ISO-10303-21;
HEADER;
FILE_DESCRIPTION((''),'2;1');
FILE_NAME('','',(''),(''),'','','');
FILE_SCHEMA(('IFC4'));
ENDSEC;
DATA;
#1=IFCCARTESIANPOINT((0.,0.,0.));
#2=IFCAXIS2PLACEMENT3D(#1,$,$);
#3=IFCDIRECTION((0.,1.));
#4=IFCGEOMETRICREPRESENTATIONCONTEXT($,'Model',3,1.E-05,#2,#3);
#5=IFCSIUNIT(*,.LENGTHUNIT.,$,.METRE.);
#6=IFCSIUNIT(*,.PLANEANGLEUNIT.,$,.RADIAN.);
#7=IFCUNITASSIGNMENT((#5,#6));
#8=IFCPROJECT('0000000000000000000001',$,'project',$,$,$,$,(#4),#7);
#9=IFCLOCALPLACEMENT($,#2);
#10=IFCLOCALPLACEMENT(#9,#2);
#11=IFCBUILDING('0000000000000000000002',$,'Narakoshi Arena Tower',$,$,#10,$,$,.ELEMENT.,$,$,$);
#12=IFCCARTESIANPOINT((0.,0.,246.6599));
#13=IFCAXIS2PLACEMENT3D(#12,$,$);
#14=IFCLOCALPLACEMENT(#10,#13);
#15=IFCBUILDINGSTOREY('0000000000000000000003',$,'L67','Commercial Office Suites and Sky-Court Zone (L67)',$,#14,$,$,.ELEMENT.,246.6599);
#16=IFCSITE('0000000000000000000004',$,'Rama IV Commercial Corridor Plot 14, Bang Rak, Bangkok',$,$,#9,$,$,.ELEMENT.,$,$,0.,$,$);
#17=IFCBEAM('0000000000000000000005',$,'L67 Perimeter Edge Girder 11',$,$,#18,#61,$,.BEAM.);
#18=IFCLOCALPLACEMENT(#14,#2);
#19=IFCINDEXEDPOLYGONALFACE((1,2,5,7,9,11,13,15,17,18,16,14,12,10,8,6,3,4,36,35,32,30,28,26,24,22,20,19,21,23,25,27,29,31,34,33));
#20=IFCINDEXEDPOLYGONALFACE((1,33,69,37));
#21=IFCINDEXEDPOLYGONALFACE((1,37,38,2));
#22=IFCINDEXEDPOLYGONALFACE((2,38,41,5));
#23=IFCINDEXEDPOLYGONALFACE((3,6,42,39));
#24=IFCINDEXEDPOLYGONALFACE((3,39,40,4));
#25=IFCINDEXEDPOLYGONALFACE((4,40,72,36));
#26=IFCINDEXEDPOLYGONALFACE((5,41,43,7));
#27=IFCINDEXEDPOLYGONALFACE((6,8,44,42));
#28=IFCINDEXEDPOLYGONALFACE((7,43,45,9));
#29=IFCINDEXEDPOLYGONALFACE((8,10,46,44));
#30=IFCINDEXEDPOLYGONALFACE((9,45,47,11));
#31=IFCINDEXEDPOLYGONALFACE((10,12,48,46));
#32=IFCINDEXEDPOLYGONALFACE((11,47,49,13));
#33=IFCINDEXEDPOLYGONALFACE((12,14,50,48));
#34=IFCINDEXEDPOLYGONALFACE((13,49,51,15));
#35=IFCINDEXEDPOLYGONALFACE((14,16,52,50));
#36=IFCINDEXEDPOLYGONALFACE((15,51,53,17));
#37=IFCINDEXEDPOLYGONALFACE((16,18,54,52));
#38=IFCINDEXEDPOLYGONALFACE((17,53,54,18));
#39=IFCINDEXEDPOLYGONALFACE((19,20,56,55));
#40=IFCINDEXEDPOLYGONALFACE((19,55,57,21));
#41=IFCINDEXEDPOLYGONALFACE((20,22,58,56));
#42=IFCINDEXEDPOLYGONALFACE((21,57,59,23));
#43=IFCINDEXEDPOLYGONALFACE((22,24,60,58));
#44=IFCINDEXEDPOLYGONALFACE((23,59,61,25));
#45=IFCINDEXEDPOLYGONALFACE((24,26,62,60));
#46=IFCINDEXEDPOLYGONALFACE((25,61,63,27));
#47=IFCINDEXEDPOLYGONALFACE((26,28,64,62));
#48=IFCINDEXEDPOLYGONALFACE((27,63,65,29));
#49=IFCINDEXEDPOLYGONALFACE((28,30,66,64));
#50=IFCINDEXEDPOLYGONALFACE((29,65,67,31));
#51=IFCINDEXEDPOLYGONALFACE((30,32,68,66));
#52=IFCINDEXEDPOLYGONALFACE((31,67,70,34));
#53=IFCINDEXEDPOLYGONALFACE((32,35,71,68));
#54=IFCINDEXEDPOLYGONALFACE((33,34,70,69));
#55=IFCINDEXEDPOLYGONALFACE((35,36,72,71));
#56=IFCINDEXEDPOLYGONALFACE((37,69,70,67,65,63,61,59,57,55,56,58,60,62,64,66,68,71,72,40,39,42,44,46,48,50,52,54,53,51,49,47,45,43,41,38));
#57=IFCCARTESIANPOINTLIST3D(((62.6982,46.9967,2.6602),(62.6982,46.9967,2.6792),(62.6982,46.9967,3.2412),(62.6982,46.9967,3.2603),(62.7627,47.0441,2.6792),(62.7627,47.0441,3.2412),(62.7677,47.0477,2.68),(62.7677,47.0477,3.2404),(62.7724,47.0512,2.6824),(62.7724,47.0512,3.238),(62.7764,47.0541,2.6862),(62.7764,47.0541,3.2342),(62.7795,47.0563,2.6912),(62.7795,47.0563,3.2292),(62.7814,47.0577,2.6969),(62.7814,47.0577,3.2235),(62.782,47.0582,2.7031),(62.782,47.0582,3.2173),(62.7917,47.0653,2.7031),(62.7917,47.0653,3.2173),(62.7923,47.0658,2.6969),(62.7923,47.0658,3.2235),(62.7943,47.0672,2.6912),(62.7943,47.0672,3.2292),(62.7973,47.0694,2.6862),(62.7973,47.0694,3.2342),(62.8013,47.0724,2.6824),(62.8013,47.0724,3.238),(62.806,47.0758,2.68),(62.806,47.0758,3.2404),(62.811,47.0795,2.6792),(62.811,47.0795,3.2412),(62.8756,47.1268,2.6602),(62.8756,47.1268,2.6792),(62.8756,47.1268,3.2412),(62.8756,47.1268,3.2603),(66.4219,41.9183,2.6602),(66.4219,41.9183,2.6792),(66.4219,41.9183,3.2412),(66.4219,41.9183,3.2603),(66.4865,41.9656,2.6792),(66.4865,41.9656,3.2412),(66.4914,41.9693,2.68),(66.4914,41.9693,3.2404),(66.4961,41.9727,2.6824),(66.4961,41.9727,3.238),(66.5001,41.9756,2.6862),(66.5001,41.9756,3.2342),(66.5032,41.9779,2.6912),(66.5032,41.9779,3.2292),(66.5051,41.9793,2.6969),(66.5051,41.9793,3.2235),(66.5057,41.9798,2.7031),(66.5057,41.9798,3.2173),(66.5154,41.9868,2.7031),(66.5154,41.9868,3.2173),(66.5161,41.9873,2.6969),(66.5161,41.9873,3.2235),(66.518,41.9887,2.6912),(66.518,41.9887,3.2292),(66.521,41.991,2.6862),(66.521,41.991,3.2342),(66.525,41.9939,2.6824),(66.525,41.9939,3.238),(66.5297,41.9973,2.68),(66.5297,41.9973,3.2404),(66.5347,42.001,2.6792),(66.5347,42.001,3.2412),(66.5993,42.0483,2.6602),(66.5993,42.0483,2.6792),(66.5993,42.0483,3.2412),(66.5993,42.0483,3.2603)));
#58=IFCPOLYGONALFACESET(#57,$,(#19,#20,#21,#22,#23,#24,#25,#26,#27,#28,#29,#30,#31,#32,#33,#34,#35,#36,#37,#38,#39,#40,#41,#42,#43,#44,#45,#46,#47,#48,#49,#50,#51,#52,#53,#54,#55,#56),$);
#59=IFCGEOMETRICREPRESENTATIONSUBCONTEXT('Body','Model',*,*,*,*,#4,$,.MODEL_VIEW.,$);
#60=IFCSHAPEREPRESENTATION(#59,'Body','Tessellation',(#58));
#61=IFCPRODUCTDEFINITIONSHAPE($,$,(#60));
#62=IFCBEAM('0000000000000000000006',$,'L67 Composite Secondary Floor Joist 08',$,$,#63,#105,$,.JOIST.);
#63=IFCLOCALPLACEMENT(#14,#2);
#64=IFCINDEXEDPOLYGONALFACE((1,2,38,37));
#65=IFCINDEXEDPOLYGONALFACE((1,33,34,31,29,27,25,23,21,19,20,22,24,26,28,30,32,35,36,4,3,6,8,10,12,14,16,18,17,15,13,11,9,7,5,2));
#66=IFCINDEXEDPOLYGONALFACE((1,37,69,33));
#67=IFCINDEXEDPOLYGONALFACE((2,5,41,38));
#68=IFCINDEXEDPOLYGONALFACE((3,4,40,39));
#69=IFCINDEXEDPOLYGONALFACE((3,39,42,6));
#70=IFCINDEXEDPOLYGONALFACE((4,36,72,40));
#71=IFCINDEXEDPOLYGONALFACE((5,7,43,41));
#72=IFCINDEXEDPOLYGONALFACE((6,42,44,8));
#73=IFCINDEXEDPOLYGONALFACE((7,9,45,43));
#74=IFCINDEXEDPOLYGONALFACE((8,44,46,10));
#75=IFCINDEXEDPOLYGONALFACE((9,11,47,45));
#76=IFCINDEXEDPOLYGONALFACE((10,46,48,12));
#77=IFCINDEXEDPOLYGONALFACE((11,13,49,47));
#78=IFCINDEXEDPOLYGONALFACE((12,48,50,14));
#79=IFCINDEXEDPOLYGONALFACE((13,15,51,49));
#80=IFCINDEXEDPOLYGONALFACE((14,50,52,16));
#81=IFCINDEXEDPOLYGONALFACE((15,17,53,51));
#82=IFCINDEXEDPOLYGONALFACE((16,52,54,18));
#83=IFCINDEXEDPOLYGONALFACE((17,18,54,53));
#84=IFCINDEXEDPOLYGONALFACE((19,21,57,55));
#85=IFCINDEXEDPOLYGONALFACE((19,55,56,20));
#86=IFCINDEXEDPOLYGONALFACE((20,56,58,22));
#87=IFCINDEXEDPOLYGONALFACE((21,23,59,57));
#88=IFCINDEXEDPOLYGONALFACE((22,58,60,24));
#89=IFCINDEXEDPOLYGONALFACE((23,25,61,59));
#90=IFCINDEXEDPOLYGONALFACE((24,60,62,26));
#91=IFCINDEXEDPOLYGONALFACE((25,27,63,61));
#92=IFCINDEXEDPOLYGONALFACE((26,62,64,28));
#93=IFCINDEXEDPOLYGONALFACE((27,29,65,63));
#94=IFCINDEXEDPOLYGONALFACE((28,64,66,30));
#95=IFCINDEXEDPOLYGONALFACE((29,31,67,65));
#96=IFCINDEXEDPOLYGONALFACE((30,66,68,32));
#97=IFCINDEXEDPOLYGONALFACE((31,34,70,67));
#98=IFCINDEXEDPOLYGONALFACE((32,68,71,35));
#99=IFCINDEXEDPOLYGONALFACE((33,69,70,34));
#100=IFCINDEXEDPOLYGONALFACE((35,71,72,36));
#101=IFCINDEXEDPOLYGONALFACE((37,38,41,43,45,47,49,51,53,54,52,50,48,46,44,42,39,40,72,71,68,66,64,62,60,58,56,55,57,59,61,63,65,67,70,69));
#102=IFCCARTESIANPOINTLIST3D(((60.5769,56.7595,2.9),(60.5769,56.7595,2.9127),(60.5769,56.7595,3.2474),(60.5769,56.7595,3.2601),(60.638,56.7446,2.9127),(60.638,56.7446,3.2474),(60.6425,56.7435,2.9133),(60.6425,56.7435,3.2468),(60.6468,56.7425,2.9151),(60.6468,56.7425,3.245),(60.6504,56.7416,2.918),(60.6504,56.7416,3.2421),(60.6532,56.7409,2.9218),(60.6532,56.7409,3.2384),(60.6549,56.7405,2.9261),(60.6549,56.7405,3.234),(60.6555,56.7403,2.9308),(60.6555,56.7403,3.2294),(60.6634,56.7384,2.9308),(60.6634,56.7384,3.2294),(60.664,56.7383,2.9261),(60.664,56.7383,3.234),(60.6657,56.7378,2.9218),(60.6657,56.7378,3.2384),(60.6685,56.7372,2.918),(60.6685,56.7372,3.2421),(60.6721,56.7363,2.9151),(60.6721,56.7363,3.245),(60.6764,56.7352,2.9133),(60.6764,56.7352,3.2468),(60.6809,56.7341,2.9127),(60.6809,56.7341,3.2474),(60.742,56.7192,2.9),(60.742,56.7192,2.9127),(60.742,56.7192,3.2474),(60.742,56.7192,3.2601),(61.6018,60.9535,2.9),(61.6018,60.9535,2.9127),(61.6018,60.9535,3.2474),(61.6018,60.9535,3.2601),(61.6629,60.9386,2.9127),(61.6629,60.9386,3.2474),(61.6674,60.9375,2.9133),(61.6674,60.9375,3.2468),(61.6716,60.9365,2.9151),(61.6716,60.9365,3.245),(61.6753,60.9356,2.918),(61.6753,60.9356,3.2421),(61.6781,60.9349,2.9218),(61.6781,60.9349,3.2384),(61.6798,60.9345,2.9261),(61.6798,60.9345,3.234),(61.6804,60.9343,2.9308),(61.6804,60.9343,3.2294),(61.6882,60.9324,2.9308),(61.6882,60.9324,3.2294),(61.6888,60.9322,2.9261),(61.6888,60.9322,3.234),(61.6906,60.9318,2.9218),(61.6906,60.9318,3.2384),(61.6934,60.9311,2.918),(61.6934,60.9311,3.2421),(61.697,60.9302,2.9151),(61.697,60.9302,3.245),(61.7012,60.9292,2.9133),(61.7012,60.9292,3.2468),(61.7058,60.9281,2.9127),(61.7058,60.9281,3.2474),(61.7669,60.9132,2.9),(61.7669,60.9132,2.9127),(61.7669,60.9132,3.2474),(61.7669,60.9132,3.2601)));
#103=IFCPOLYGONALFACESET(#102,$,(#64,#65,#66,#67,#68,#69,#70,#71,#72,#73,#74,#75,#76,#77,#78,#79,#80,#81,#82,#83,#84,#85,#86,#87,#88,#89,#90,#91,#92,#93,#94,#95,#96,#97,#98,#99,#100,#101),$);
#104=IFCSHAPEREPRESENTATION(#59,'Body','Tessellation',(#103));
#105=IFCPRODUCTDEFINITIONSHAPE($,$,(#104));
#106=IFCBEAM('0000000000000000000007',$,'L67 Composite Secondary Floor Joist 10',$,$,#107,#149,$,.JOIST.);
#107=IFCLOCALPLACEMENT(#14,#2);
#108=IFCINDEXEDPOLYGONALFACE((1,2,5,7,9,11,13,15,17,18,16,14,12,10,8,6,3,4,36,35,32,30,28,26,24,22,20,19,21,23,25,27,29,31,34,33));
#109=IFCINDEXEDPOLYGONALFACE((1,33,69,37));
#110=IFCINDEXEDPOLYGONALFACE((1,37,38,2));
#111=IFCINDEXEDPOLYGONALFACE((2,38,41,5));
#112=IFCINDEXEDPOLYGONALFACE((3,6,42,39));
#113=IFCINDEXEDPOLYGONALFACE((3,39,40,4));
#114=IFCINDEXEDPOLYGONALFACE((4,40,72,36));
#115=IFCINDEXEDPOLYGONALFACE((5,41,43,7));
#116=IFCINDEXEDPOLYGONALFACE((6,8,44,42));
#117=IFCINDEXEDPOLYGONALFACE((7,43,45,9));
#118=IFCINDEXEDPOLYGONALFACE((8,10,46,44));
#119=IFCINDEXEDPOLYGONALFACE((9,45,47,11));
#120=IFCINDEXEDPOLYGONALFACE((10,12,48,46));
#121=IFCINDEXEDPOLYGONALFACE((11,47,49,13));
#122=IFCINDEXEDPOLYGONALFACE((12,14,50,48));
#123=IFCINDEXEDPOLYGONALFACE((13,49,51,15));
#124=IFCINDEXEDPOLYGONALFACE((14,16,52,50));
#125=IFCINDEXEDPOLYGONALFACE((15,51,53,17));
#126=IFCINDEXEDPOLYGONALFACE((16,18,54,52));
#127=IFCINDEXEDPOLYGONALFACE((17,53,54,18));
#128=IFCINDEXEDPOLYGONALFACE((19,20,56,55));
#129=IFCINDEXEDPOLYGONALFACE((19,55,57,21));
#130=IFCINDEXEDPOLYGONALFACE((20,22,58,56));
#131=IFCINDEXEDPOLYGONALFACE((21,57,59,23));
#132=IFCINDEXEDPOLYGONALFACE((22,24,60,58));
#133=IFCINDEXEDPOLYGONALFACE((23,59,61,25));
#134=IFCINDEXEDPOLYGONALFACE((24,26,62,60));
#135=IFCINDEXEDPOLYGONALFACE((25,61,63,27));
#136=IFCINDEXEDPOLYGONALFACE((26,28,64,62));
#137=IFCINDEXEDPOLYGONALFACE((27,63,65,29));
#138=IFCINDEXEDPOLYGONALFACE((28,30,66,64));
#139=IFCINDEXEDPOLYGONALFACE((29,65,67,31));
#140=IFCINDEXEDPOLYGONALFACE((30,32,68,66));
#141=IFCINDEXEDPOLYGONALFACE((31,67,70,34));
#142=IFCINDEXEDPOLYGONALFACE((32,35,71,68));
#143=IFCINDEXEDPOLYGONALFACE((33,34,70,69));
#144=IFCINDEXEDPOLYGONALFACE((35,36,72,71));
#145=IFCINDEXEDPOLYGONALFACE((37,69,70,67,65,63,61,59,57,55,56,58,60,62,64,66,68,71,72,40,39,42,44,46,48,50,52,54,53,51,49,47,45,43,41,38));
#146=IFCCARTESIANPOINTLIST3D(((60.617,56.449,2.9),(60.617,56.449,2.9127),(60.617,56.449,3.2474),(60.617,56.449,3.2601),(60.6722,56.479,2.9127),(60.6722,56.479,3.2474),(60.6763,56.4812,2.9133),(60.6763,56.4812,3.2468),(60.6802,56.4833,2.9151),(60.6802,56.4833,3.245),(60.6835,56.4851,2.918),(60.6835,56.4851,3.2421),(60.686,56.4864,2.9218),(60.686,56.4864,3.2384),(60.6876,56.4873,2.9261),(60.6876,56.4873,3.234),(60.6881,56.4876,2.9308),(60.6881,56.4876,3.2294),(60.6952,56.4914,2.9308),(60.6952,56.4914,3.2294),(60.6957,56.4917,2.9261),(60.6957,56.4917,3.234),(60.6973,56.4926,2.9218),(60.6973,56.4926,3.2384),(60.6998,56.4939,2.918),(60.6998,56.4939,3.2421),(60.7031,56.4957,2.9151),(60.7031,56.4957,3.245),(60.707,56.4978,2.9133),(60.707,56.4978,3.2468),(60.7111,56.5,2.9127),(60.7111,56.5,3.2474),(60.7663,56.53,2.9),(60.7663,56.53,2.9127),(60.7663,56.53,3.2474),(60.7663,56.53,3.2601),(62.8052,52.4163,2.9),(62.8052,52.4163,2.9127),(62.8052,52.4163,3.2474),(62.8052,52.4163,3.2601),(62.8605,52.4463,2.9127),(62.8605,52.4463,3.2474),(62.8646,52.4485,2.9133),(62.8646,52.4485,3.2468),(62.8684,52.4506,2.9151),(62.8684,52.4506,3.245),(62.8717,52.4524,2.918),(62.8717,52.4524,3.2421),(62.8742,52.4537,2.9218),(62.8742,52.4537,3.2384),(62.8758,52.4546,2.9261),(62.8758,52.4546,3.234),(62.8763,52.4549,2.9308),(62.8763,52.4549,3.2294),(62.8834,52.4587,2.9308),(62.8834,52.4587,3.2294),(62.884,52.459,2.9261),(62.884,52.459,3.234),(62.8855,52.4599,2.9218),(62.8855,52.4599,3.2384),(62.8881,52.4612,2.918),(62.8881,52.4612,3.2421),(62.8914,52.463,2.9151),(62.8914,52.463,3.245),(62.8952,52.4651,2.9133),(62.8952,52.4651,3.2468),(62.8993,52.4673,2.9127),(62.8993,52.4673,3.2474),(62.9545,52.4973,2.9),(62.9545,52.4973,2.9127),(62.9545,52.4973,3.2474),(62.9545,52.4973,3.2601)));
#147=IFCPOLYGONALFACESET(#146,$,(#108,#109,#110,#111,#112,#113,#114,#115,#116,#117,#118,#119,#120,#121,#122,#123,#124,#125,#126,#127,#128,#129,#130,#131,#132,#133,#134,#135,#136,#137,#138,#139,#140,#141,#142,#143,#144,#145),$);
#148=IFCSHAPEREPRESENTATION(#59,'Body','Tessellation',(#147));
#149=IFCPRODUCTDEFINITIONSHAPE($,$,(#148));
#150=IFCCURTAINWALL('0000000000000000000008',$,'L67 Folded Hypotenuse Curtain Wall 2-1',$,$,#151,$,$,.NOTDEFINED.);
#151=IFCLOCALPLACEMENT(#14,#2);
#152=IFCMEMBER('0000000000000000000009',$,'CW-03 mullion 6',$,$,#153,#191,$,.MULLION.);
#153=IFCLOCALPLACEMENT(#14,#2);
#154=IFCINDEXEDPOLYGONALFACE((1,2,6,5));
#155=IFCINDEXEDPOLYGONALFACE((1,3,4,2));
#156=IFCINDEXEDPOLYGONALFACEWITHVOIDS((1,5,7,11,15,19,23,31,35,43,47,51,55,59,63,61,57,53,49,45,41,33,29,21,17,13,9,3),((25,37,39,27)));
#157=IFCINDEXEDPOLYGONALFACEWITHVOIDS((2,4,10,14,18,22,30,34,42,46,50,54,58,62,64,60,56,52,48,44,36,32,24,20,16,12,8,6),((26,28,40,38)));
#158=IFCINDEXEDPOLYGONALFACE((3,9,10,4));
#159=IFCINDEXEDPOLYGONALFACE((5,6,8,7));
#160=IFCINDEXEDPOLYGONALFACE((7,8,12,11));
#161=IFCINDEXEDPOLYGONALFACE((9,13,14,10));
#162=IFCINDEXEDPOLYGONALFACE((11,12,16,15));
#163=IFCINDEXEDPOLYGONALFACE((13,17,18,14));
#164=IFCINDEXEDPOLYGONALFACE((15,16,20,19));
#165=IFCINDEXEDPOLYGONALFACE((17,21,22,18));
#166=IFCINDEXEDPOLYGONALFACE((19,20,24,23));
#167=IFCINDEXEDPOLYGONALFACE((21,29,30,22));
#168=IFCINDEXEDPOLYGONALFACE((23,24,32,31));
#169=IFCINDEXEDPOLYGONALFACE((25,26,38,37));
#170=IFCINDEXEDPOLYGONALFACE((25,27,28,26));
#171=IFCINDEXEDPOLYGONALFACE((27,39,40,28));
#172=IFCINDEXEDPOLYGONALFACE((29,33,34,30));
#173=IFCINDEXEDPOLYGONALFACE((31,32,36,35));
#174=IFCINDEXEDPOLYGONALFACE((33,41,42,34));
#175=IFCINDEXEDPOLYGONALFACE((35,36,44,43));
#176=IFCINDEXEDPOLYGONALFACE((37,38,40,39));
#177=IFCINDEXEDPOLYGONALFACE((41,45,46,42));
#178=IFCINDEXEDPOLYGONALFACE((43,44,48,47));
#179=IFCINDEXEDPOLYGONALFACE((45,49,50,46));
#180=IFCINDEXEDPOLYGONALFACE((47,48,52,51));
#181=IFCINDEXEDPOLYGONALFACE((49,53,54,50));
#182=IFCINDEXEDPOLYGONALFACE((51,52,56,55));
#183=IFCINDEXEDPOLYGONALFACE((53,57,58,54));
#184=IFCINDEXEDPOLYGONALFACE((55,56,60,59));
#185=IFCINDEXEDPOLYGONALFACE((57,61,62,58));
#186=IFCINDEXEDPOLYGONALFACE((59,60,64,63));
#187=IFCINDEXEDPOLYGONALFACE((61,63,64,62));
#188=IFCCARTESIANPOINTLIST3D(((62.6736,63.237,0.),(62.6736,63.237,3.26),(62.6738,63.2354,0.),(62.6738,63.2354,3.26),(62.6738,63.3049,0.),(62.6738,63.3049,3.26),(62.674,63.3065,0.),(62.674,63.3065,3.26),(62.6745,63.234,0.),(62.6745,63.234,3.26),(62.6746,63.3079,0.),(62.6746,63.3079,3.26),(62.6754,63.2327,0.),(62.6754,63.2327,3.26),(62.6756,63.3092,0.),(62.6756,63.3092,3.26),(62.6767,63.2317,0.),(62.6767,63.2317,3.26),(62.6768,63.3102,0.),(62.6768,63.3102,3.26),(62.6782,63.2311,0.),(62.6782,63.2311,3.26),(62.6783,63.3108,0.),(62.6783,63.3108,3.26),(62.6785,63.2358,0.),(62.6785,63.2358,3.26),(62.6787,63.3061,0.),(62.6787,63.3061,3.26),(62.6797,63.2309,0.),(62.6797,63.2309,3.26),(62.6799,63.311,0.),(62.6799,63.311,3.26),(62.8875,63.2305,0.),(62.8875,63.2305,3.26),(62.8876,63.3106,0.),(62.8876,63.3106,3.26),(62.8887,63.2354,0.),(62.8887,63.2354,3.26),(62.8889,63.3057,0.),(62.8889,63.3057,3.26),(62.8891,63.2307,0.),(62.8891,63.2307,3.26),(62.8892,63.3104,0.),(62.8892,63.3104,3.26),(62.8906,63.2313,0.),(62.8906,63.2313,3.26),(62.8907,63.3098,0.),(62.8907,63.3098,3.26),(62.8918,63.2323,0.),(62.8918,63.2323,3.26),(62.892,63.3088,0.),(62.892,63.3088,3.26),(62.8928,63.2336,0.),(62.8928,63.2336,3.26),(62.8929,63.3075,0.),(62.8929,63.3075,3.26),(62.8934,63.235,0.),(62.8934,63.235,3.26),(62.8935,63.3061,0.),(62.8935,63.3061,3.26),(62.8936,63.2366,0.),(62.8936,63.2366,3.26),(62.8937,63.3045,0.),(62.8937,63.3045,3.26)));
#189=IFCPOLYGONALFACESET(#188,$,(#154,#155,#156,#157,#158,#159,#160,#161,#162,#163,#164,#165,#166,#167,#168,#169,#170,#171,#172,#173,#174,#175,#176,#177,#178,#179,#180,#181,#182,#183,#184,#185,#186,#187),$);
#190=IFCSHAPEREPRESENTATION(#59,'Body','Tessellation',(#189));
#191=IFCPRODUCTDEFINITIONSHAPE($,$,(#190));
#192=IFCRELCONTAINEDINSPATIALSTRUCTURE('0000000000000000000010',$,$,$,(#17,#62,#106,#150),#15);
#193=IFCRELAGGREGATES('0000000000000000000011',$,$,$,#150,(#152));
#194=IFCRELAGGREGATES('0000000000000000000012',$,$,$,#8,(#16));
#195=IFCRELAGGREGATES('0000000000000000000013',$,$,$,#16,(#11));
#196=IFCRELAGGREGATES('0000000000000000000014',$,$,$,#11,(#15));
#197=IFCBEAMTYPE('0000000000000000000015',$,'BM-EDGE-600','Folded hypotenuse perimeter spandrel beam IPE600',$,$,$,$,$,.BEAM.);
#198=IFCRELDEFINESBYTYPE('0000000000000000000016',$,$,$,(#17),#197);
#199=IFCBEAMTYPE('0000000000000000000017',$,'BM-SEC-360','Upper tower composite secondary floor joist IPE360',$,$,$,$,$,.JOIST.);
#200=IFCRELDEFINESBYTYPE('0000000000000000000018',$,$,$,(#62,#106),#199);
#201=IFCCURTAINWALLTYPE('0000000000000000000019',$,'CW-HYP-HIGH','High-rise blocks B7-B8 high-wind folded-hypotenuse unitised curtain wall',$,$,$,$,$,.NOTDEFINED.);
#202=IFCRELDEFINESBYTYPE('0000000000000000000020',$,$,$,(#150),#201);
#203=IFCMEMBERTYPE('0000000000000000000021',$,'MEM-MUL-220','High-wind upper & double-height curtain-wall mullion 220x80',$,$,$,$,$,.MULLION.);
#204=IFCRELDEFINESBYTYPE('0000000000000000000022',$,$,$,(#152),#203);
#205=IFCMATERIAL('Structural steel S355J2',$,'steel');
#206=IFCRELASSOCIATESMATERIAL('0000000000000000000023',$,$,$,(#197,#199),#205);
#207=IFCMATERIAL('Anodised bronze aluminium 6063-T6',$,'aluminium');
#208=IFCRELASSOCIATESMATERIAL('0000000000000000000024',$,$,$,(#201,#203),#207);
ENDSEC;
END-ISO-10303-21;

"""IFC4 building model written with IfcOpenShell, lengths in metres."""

from ifc_helpers import new_model, si_unit, direction, frame, origin, origin_2d, place, context, subcontext, project, spatial, hollow_rectangle, i_section, extrude, material, material_profile, profile_set, type_object, element, aggregate, save


model = new_model("IFC4")

# Units and contexts
model_context = context("Model", 3, precision=1e-05, world=origin(), true_north=direction((0.0, 1.0)))
body_context = subcontext(model_context, "Body", "Model", "MODEL_VIEW")
ifc_project = project(units=[si_unit("LENGTHUNIT", "METRE"), si_unit("PLANEANGLEUNIT", "RADIAN")], contexts=[model_context])

# Site, building, storey
site_placement = place(None, origin())
site = spatial("IfcSite", under=ifc_project, at=site_placement, Name="Rama IV Commercial Corridor Plot 14, Bang Rak, Bangkok", CompositionType="ELEMENT", RefElevation=0.0)
building_placement = place(site_placement, origin())
building = spatial("IfcBuilding", under=site, at=building_placement, Name="Narakoshi Arena Tower", CompositionType="ELEMENT")
storey_placement = place(building_placement, frame((0.0, 0.0, 246.6599)))
storey = spatial("IfcBuildingStorey", under=building, at=storey_placement, Name="L67", Description="Commercial Office Suites and Sky-Court Zone (L67)", CompositionType="ELEMENT", Elevation=246.6599)

# Beams
ifc_material_1 = material(Name="Structural steel S355J2", Category="steel")
ifc_material_profile_1 = material_profile(ifc_material_1, i_section(OverallWidth=0.22, OverallDepth=0.6001, WebThickness=0.012, FlangeThickness=0.019, FilletRadius=0.0239, at=origin_2d()), Name="IPE600")
ifc_profile_set_1 = profile_set([ifc_material_profile_1], Name="Structural steel S355J2")
beam_type_1 = type_object("IfcBeamType", Name="BM-EDGE-600", Description="Folded hypotenuse perimeter spandrel beam IPE600", PredefinedType="BEAM", material=ifc_profile_set_1)
for number, where, z_axis, x_axis, name in (
    (1, (62.7869, 47.0618, 2.9602), (0.591312, -0.806443, 0.0), (0.806443, 0.591312, 0.0), "L67 Perimeter Edge Girder 11"),
):
    element("IfcBeam", number, at=place(storey_placement, frame(where, z_axis=z_axis, x_axis=x_axis)), inside=storey, type_object=beam_type_1, Name=name, PredefinedType="BEAM", context=body_context, shape_type="SweptSolid", body=[
        extrude(i_section(OverallWidth=0.22, OverallDepth=0.6001, WebThickness=0.012, FlangeThickness=0.019, FilletRadius=0.0239, at=origin_2d()), origin(), (0.0, 0.0, 1.0), 6.2974),
    ])
ifc_material_profile_2 = material_profile(ifc_material_1, i_section(OverallWidth=0.1699, OverallDepth=0.3601, WebThickness=0.0081, FlangeThickness=0.0127, FilletRadius=0.0181, at=origin_2d()), Name="IPE360")
ifc_profile_set_2 = profile_set([ifc_material_profile_2], Name="Structural steel S355J2")
beam_type_2 = type_object("IfcBeamType", Name="BM-SEC-360", Description="Upper tower composite secondary floor joist IPE360", PredefinedType="JOIST", material=ifc_profile_set_2)
beam_1_placement = place(storey_placement, frame((61.6843, 60.9333, 3.0801), z_axis=(-0.237383, -0.971416, 0.0), x_axis=(0.971416, -0.237383, 0.0)))
element("IfcBeam", 2, at=beam_1_placement, inside=storey, type_object=beam_type_2, Name="L67 Composite Secondary Floor Joist 08", PredefinedType="JOIST", context=body_context, shape_type="SweptSolid", body=[
    extrude(i_section(OverallWidth=0.1699, OverallDepth=0.3601, WebThickness=0.0081, FlangeThickness=0.0127, FilletRadius=0.0181, at=origin_2d()), origin(), (0.0, 0.0, 1.0), 4.3174),
])
beam_2_placement = place(storey_placement, frame((60.6917, 56.4895, 3.0801), z_axis=(0.476931, -0.878941, 0.0), x_axis=(0.878941, 0.476931, 0.0)))
element("IfcBeam", 3, at=beam_2_placement, inside=storey, type_object=beam_type_2, Name="L67 Composite Secondary Floor Joist 10", PredefinedType="JOIST", context=body_context, shape_type="SweptSolid", body=[
    extrude(i_section(OverallWidth=0.1699, OverallDepth=0.3601, WebThickness=0.0081, FlangeThickness=0.0127, FilletRadius=0.0181, at=origin_2d()), origin(), (0.0, 0.0, 1.0), 4.5881),
])

# Curtain wall, member
ifc_material_2 = material(Name="Anodised bronze aluminium 6063-T6", Category="aluminium")
curtain_wall_type = type_object("IfcCurtainWallType", Name="CW-HYP-HIGH", Description="High-rise blocks B7-B8 high-wind folded-hypotenuse unitised curtain wall", PredefinedType="NOTDEFINED", material=ifc_material_2)
curtain_wall_placement = place(storey_placement, origin())
curtain_wall = element("IfcCurtainWall", 4, at=curtain_wall_placement, inside=storey, type_object=curtain_wall_type, Name="L67 Folded Hypotenuse Curtain Wall 2-1", PredefinedType="NOTDEFINED")
ifc_material_profile_3 = material_profile(ifc_material_2, hollow_rectangle(XDim=0.0801, YDim=0.22, WallThickness=0.0049, OuterFilletRadius=0.0061, at=origin_2d()), Name="MUL220x80x5")
ifc_profile_set_3 = profile_set([ifc_material_profile_3], Name="Anodised bronze aluminium 6063-T6")
member_type_1 = type_object("IfcMemberType", Name="MEM-MUL-220", Description="High-wind upper & double-height curtain-wall mullion 220x80", PredefinedType="MULLION", material=ifc_profile_set_3)
member_1_placement = place(storey_placement, frame((62.7837, 63.2708, 0.0), z_axis=(0.0, 0.0, 1.0), x_axis=(-0.00182, -0.999998, 0.0)))
member_1 = element("IfcMember", 5, at=member_1_placement, type_object=member_type_1, Name="CW-03 mullion 6", PredefinedType="MULLION", context=body_context, shape_type="SweptSolid", body=[
    extrude(hollow_rectangle(XDim=0.0801, YDim=0.22, WallThickness=0.0049, OuterFilletRadius=0.0061, at=origin_2d()), origin(), (0.0, 0.0, 1.0), 3.26),
])
aggregate(curtain_wall, [member_1])

save(model, "model.ifc")
